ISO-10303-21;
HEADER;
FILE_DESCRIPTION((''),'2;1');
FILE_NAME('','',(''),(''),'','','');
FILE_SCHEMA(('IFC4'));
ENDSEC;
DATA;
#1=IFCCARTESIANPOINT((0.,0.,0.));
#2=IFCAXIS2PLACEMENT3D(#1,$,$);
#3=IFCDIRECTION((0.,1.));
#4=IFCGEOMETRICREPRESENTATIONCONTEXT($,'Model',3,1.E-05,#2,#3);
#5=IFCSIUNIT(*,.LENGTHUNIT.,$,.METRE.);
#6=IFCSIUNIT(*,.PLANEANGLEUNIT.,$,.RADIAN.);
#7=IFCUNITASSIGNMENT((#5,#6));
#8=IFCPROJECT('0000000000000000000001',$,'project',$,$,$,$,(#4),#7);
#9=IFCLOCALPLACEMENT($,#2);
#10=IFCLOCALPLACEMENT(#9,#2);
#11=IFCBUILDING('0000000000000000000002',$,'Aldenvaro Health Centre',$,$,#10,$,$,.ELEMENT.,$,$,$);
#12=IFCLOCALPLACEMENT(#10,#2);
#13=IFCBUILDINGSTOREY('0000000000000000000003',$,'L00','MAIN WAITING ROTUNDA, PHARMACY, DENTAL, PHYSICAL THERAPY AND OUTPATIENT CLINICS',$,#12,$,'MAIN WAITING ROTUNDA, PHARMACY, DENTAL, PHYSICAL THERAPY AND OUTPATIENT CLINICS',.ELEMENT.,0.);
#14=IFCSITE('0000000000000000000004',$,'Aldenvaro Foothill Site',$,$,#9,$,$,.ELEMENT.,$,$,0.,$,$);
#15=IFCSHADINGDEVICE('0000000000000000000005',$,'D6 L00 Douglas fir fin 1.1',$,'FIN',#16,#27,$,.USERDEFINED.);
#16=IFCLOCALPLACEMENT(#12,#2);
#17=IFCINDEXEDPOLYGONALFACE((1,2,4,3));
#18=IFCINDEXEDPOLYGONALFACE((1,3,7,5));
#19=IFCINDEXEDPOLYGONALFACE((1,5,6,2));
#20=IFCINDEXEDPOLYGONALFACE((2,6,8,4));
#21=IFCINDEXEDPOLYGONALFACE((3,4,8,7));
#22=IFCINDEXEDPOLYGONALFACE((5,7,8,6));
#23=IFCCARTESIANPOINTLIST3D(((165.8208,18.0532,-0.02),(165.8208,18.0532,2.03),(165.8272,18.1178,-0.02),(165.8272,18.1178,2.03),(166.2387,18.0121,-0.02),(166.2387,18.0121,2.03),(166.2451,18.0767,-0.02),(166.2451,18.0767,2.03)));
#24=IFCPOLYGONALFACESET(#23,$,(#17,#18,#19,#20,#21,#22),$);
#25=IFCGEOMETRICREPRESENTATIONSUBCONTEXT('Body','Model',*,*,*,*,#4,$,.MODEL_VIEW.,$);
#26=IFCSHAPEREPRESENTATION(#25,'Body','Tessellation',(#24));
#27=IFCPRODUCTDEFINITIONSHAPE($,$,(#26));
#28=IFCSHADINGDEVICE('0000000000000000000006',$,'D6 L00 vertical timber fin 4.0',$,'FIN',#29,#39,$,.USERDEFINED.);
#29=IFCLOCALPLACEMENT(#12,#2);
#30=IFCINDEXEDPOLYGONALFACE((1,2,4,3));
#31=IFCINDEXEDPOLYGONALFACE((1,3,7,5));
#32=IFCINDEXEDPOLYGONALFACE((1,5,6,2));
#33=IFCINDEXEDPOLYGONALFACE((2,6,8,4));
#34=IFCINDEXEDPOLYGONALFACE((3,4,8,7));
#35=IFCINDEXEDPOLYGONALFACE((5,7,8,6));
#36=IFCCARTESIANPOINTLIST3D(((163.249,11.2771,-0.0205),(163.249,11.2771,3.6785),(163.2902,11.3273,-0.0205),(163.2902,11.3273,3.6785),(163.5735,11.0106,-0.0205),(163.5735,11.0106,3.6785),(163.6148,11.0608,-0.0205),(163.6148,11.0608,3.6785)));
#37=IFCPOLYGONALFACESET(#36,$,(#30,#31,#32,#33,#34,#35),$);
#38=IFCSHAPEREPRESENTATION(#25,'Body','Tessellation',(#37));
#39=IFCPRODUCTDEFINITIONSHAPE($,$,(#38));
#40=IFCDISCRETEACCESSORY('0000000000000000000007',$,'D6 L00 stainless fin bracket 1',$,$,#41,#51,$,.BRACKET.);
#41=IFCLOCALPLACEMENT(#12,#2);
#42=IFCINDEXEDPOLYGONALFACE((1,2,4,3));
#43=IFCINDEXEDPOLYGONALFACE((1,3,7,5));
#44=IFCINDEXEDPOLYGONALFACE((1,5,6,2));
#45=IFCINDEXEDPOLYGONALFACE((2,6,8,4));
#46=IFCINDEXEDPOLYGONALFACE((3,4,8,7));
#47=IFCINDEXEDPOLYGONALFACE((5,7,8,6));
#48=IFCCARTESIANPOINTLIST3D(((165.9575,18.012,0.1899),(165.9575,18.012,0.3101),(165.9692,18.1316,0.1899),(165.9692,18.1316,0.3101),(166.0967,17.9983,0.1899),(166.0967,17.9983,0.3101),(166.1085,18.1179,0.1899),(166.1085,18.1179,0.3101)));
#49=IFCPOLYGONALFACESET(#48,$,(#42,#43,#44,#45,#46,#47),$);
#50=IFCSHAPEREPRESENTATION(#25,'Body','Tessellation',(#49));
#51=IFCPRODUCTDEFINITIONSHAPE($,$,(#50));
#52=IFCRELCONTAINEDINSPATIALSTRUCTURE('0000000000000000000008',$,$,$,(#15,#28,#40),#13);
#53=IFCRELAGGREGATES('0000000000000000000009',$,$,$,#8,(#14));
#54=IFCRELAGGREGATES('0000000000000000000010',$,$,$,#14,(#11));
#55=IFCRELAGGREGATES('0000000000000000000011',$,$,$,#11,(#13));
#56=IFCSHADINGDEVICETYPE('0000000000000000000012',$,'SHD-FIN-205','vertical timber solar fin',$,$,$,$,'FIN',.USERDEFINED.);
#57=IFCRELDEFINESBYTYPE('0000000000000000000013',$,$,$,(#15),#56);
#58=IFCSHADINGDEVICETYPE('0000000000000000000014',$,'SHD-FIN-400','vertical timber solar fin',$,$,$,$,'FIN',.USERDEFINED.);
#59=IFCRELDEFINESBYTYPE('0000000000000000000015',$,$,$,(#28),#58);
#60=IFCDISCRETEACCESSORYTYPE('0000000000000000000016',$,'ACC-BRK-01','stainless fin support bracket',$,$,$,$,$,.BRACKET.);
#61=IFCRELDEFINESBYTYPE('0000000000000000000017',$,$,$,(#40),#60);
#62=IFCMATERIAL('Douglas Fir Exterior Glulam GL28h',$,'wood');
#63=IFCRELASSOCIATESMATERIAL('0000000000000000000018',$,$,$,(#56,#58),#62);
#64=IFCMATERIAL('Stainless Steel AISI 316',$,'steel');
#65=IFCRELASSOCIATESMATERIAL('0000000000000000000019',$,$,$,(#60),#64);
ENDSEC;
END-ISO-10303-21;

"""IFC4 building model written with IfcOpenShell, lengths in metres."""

from ifc_helpers import new_model, si_unit, direction, frame, origin, origin_2d, place, context, subcontext, project, spatial, rectangle, extrude, material, type_object, element, save


model = new_model("IFC4")

# Units and contexts
model_context = context("Model", 3, precision=1e-05, world=origin(), true_north=direction((0.0, 1.0)))
body_context = subcontext(model_context, "Body", "Model", "MODEL_VIEW")
ifc_project = project(units=[si_unit("LENGTHUNIT", "METRE"), si_unit("PLANEANGLEUNIT", "RADIAN")], contexts=[model_context])

# Site, building, storey
site_placement = place(None, origin())
site = spatial("IfcSite", under=ifc_project, at=site_placement, Name="Aldenvaro Foothill Site", CompositionType="ELEMENT", RefElevation=0.0)
building_placement = place(site_placement, origin())
building = spatial("IfcBuilding", under=site, at=building_placement, Name="Aldenvaro Health Centre", CompositionType="ELEMENT")
storey_placement = place(building_placement, origin())
storey = spatial("IfcBuildingStorey", under=building, at=storey_placement, Name="L00", Description="MAIN WAITING ROTUNDA, PHARMACY, DENTAL, PHYSICAL THERAPY AND OUTPATIENT CLINICS", LongName="MAIN WAITING ROTUNDA, PHARMACY, DENTAL, PHYSICAL THERAPY AND OUTPATIENT CLINICS", CompositionType="ELEMENT", Elevation=0.0)

# Shading devices
ifc_material_1 = material(Name="Douglas Fir Exterior Glulam GL28h", Category="wood")
shading_device_type_1 = type_object("IfcShadingDeviceType", Name="SHD-FIN-205", Description="vertical timber solar fin", ElementType="FIN", PredefinedType="USERDEFINED", material=ifc_material_1)
shading_device_1_placement = place(storey_placement, frame((166.033, 18.0649, -0.02), z_axis=(0.0, 0.0, 1.0), x_axis=(-0.097997, -0.995187, 0.0)))
element("IfcShadingDevice", 1, at=shading_device_1_placement, inside=storey, type_object=shading_device_type_1, Name="D6 L00 Douglas fir fin 1.1", ObjectType="FIN", PredefinedType="USERDEFINED", context=body_context, shape_type="SweptSolid", body=[
    extrude(rectangle(XDim=0.0649, YDim=0.4199, at=origin_2d()), origin(), (0.0, 0.0, 1.0), 2.05),
])
shading_device_type_2 = type_object("IfcShadingDeviceType", Name="SHD-FIN-400", Description="vertical timber solar fin", ElementType="FIN", PredefinedType="USERDEFINED", material=ifc_material_1)
shading_device_2_placement = place(storey_placement, frame((163.4319, 11.1689, -0.0205), z_axis=(0.0, 0.0, 1.0), x_axis=(-0.634577, -0.77286, 0.0)))
element("IfcShadingDevice", 2, at=shading_device_2_placement, inside=storey, type_object=shading_device_type_2, Name="D6 L00 vertical timber fin 4.0", ObjectType="FIN", PredefinedType="USERDEFINED", context=body_context, shape_type="SweptSolid", body=[
    extrude(rectangle(XDim=0.0649, YDim=0.4199, at=origin_2d()), origin(), (0.0, 0.0, 1.0), 3.699),
])

# Discrete accessory
ifc_material_2 = material(Name="Stainless Steel AISI 316", Category="steel")
discrete_accessory_type = type_object("IfcDiscreteAccessoryType", Name="ACC-BRK-01", Description="stainless fin support bracket", PredefinedType="BRACKET", material=ifc_material_2)
discrete_accessory_placement = place(storey_placement, frame((166.033, 18.0649, 0.1899), z_axis=(0.0, 0.0, 1.0), x_axis=(-0.097997, -0.995187, 0.0)))
element("IfcDiscreteAccessory", 3, at=discrete_accessory_placement, inside=storey, type_object=discrete_accessory_type, Name="D6 L00 stainless fin bracket 1", PredefinedType="BRACKET", context=body_context, shape_type="SweptSolid", body=[
    extrude(rectangle(XDim=0.1201, YDim=0.1399, at=origin_2d()), origin(), (0.0, 0.0, 1.0), 0.1201),
])

save(model, "model.ifc")
